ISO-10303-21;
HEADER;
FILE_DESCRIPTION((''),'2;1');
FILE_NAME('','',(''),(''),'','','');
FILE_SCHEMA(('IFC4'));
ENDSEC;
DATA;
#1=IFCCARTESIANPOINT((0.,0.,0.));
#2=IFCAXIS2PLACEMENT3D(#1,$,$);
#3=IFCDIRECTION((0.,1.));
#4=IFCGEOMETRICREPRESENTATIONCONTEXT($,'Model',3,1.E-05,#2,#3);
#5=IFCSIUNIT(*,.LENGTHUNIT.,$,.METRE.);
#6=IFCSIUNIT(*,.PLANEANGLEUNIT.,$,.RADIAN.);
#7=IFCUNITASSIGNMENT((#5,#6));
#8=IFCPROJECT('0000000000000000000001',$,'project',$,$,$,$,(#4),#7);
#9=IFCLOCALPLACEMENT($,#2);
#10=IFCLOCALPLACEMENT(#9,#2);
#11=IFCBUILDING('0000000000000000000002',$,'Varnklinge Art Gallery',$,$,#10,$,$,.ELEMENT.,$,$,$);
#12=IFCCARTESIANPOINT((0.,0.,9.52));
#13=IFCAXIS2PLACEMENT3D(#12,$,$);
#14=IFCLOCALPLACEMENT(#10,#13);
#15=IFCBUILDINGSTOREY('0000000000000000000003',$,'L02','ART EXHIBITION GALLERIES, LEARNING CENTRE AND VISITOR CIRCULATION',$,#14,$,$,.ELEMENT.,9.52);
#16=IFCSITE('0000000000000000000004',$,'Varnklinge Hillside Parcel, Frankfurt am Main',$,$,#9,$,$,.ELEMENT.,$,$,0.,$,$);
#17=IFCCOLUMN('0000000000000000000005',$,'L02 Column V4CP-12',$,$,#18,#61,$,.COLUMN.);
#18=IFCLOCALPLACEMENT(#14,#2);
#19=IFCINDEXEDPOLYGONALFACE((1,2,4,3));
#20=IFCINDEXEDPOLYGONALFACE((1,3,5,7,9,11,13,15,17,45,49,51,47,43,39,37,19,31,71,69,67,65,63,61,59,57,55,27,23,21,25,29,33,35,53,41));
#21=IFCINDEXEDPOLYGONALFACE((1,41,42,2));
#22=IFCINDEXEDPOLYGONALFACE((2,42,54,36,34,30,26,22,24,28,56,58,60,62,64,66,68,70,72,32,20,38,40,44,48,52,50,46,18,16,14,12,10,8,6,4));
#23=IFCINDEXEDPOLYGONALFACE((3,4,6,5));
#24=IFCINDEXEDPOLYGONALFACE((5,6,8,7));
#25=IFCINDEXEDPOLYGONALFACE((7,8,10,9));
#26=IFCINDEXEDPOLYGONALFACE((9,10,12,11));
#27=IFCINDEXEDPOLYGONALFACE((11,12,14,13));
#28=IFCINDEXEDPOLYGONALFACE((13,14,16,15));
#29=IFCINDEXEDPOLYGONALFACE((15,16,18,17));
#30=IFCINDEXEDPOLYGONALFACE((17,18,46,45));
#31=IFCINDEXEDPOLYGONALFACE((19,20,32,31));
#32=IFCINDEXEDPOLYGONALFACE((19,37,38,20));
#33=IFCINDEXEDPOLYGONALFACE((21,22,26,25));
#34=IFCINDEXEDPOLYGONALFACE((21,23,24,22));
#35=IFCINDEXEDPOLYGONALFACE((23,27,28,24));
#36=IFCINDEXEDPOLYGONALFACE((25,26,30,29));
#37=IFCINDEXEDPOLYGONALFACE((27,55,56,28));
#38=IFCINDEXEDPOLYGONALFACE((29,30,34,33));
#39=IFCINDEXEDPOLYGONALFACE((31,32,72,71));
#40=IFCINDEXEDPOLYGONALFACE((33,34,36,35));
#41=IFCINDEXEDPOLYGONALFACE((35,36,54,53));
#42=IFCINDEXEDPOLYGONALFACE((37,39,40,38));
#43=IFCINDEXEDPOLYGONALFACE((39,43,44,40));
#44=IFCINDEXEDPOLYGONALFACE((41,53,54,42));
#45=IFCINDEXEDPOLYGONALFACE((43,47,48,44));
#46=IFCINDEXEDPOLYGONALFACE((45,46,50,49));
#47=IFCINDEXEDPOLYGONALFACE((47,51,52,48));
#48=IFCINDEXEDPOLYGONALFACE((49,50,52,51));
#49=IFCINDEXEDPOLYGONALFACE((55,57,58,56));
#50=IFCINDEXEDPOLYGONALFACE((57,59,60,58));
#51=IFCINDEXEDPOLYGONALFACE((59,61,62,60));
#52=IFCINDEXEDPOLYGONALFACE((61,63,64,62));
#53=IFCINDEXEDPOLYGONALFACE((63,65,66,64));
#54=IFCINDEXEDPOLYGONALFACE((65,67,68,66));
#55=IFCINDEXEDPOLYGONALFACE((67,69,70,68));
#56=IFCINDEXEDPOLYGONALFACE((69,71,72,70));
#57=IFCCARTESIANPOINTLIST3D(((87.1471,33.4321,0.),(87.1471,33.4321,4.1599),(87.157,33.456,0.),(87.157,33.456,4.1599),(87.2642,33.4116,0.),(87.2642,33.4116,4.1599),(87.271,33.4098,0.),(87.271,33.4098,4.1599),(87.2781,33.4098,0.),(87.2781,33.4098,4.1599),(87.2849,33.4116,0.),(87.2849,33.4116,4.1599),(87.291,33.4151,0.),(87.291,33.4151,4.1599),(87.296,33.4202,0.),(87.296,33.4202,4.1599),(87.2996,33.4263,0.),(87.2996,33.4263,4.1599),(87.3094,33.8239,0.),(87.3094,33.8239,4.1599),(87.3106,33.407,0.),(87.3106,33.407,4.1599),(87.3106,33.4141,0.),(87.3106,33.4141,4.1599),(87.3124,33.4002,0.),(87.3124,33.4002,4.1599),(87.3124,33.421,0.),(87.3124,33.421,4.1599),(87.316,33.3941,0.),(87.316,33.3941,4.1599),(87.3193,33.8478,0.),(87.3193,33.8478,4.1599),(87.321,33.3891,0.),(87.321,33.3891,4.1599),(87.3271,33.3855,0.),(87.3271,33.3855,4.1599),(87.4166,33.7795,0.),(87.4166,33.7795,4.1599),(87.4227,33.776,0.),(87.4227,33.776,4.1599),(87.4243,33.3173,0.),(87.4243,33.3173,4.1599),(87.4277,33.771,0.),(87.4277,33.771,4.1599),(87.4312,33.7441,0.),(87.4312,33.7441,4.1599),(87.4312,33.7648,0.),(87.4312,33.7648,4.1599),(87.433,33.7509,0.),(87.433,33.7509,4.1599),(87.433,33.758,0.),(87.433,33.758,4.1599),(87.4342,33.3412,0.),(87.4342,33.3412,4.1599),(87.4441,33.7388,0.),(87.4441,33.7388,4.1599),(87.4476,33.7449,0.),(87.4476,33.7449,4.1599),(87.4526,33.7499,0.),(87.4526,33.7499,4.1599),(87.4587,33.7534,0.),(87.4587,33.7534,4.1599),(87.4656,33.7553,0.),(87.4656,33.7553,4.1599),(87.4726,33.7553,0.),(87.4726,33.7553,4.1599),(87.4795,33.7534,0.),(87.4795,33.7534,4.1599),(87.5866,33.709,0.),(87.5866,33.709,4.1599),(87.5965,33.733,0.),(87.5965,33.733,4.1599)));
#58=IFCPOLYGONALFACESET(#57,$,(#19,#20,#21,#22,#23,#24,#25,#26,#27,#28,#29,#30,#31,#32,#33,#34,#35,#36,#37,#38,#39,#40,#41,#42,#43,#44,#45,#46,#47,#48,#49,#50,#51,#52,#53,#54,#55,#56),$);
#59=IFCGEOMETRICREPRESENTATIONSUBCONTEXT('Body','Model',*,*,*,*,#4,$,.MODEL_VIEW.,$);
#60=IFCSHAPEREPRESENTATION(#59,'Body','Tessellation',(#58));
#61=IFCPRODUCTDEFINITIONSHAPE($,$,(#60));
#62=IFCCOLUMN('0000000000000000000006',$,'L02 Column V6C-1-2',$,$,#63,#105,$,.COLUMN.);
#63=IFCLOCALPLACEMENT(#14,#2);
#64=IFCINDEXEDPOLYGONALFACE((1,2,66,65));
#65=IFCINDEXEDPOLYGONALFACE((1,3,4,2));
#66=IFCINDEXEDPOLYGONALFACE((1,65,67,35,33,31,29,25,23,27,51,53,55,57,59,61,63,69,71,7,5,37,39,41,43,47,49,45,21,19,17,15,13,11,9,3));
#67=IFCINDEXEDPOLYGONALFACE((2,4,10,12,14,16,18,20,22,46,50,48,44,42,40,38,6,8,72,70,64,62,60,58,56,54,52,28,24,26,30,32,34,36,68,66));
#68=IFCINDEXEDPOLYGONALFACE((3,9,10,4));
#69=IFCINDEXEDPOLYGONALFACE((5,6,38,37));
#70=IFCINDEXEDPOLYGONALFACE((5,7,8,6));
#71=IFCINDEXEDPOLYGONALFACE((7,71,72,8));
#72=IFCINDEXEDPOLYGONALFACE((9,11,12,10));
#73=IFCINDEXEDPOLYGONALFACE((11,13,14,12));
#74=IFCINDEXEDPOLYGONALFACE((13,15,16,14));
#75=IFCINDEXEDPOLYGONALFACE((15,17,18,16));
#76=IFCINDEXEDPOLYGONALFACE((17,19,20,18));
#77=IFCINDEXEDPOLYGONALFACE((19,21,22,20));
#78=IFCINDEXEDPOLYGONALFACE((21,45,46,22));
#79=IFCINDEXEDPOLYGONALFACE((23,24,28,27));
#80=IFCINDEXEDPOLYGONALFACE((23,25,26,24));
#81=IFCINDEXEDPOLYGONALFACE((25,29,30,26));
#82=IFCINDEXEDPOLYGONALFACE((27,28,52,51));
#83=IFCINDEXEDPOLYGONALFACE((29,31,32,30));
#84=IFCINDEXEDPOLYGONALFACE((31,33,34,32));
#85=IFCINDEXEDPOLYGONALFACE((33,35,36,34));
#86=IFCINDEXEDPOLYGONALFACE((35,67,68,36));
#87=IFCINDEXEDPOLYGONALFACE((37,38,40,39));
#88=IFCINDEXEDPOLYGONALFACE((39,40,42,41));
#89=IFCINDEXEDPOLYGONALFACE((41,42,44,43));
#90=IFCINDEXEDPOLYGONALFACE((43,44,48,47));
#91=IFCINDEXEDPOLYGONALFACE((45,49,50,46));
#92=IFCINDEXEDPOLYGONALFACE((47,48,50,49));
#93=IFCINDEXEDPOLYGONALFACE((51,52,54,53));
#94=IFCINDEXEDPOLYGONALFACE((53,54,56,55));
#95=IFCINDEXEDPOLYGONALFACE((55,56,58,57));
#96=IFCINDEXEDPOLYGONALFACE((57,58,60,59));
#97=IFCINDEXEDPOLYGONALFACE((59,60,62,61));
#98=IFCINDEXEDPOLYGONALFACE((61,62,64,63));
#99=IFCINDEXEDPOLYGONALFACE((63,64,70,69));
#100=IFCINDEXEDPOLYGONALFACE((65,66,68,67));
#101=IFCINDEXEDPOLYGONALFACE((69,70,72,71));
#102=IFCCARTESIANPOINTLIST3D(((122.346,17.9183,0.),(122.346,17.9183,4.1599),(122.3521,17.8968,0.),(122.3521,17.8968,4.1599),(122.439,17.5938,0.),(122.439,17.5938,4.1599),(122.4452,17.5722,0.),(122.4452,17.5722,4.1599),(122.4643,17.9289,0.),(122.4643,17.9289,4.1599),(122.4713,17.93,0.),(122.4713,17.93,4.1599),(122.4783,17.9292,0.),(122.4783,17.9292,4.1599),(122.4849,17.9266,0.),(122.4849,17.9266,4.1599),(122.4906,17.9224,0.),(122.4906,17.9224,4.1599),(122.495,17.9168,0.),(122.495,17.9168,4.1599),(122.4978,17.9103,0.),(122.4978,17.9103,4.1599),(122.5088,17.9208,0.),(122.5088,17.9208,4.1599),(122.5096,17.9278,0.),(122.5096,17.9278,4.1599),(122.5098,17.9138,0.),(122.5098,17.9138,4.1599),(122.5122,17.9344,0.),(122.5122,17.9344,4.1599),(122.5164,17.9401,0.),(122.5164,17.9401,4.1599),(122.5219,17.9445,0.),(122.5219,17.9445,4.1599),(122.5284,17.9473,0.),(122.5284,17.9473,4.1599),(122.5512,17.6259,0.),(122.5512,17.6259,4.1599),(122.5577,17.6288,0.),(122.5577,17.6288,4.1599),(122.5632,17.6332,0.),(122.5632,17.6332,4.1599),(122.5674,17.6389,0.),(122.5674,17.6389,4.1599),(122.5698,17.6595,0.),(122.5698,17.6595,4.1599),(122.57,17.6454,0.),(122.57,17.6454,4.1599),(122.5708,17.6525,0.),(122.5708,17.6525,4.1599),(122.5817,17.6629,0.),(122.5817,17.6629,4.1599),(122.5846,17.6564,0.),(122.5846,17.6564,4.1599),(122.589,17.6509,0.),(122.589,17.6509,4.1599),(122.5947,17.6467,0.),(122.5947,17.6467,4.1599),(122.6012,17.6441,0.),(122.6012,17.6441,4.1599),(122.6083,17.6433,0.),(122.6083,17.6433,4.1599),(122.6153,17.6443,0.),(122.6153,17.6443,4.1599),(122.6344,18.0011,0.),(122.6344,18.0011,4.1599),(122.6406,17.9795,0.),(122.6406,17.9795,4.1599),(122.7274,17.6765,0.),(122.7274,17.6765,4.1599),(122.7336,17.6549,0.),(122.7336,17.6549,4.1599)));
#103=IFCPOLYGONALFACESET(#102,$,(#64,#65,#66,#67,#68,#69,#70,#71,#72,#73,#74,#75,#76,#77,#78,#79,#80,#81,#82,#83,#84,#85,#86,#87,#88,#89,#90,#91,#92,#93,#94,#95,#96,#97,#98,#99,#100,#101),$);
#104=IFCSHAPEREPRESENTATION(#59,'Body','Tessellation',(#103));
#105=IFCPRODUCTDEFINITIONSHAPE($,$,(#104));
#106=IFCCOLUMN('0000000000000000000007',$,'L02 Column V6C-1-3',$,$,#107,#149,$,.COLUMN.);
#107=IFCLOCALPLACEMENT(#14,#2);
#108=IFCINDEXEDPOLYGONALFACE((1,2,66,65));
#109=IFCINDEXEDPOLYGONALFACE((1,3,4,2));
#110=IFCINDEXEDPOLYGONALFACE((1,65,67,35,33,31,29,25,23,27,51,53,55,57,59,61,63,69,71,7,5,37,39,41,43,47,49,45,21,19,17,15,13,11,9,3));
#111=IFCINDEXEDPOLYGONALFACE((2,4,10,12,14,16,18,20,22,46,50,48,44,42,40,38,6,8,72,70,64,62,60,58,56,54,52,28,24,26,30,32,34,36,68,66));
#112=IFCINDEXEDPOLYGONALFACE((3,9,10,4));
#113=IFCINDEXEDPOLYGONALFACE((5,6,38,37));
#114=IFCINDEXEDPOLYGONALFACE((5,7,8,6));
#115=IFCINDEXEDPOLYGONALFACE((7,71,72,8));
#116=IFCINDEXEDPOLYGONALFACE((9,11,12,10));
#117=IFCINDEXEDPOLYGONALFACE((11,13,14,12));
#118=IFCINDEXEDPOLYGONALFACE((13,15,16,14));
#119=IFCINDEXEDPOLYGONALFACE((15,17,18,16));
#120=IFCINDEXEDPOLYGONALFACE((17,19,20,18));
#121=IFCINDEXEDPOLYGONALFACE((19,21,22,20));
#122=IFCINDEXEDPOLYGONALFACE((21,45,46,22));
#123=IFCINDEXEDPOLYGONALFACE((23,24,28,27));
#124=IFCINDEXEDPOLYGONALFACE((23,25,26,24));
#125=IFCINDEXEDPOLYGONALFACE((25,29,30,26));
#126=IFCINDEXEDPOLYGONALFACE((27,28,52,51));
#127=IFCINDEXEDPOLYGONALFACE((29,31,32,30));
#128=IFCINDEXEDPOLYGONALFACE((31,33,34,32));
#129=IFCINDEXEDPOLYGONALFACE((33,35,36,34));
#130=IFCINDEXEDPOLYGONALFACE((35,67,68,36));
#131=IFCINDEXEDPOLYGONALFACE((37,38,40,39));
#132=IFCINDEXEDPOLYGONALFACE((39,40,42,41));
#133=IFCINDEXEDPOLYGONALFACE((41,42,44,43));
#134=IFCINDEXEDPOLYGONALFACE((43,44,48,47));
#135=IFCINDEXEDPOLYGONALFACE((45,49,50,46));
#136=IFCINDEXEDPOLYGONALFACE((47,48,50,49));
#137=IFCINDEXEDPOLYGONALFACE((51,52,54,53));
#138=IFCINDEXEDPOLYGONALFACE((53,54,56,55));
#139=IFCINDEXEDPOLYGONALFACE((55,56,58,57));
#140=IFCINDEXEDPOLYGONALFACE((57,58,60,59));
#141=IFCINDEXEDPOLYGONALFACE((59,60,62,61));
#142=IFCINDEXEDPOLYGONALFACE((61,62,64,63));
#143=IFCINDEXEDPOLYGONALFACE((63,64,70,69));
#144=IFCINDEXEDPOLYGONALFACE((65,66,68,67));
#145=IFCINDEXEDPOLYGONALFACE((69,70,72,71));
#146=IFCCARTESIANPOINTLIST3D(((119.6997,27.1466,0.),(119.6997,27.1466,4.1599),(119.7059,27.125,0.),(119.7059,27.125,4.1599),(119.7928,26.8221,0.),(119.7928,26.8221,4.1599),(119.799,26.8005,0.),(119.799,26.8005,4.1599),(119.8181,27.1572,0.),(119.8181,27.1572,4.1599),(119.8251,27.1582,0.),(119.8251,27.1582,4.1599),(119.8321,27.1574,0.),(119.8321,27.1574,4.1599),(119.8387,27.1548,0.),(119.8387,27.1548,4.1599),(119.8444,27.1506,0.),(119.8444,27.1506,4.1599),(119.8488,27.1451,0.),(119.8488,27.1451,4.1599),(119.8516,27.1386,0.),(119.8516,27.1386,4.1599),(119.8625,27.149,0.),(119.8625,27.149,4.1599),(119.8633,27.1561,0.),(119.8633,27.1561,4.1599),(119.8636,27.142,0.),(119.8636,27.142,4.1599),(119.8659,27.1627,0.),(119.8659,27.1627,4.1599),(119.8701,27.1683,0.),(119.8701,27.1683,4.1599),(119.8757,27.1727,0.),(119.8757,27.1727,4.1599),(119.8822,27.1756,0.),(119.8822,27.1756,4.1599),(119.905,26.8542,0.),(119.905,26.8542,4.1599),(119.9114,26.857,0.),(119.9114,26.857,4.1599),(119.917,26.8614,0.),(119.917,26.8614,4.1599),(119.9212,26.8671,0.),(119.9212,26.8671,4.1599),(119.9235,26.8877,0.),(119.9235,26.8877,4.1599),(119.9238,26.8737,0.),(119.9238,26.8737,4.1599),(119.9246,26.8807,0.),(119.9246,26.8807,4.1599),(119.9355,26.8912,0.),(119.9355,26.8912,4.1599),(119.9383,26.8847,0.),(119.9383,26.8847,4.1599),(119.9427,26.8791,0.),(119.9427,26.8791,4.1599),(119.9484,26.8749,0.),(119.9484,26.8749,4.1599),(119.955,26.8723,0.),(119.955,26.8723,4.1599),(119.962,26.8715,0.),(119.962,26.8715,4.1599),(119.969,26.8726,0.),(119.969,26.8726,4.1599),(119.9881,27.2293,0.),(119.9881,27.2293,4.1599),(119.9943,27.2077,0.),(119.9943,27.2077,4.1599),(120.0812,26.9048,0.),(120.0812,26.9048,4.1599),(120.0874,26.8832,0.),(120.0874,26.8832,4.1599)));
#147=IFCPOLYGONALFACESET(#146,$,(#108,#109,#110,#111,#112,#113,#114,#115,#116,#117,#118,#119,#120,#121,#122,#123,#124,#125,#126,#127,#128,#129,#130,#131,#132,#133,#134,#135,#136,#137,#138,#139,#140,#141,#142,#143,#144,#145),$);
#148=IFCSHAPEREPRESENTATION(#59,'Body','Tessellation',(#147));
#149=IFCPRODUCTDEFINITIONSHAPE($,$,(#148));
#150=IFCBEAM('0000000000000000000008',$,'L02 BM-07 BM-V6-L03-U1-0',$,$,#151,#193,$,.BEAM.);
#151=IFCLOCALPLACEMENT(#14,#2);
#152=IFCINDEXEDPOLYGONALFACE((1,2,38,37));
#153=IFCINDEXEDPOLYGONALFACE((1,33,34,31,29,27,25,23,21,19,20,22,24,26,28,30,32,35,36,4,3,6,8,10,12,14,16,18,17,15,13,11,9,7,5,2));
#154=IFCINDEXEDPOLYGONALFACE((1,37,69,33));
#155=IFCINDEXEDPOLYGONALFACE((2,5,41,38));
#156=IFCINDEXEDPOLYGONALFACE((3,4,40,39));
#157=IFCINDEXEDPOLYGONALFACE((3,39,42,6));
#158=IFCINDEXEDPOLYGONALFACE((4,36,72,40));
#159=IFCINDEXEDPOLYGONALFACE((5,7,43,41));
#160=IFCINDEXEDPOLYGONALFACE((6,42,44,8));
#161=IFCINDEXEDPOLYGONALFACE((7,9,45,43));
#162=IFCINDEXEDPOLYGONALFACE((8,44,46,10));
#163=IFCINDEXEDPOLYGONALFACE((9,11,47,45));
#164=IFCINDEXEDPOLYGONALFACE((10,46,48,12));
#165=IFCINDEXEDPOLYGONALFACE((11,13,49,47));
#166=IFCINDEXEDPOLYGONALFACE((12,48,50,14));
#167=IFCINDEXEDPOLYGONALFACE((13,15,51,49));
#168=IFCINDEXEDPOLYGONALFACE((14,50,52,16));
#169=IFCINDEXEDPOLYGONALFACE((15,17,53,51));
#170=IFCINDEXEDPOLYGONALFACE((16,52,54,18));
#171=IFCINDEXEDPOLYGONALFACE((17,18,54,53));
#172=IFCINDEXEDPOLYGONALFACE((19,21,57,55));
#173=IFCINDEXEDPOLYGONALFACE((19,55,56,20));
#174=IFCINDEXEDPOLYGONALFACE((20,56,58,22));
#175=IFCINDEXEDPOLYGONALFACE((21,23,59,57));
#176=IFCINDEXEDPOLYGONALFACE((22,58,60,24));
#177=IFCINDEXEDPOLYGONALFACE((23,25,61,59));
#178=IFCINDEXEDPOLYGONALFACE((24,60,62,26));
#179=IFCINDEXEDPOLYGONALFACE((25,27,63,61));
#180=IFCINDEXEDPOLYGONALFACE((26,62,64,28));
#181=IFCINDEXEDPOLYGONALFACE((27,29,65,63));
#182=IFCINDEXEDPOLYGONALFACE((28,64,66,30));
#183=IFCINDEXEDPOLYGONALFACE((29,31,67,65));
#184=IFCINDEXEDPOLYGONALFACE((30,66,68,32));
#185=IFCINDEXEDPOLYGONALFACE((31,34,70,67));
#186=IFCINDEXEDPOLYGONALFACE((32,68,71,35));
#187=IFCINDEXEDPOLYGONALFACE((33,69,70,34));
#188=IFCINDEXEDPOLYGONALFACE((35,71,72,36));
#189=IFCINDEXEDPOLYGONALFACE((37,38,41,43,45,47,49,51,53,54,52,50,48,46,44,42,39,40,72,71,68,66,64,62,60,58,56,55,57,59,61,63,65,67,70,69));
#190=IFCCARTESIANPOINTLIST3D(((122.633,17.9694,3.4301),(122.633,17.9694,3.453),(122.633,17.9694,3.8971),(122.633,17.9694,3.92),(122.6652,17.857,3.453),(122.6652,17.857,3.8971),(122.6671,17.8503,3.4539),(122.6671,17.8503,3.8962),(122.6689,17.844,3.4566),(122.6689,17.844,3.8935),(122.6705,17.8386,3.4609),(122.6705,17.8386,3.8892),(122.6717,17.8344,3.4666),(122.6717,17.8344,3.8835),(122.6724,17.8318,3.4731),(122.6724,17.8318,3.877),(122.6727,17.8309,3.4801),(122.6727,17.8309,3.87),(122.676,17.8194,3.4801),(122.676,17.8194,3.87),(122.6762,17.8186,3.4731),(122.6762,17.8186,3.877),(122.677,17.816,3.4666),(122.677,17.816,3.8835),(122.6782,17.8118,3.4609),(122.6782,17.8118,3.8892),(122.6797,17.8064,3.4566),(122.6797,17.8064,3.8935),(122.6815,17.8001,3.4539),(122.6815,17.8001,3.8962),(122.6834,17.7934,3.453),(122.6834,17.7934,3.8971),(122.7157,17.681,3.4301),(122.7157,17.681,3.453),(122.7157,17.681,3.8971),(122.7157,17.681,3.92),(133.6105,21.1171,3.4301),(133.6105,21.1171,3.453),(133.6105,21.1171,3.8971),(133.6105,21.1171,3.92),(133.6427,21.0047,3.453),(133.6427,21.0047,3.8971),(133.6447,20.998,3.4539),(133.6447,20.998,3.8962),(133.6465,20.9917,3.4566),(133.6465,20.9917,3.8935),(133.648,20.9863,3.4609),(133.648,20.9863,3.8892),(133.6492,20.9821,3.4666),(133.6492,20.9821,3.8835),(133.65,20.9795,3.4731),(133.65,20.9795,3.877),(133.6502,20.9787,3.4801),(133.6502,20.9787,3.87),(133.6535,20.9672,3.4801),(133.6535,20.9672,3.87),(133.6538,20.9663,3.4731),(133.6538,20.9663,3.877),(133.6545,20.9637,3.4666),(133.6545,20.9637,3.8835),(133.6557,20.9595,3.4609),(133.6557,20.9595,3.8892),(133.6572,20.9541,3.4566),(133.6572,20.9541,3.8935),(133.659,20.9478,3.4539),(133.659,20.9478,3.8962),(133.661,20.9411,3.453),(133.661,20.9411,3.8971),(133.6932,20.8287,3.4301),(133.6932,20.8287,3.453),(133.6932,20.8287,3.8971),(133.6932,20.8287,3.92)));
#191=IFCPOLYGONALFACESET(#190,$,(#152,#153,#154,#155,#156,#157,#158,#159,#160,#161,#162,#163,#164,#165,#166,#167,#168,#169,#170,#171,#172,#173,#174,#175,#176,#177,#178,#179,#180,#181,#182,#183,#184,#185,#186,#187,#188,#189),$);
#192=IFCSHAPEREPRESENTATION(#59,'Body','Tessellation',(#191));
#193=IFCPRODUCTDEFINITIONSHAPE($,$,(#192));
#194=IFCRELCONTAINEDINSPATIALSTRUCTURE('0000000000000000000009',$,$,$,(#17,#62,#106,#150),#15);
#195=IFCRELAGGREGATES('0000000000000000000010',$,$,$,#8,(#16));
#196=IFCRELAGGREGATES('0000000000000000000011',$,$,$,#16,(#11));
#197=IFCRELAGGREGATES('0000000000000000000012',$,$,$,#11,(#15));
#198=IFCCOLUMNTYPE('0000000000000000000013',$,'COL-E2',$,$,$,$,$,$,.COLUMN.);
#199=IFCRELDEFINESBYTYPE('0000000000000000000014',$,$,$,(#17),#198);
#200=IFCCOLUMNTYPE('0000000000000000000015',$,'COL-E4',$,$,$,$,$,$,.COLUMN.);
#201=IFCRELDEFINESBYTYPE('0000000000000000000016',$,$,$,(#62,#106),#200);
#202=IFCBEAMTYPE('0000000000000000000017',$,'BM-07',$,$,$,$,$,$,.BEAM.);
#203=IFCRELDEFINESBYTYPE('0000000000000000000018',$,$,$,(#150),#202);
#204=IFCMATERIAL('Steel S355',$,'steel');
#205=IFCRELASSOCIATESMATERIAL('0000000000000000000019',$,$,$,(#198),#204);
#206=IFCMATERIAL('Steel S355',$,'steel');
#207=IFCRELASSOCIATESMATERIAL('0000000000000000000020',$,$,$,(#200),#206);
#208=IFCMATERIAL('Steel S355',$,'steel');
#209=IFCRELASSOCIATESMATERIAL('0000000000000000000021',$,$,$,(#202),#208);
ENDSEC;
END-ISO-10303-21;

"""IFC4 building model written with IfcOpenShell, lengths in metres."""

from ifc_helpers import new_model, si_unit, direction, frame, origin, origin_2d, place, context, subcontext, project, spatial, i_section, extrude, material, material_profile, profile_set, type_object, element, save


model = new_model("IFC4")

# Units and contexts
model_context = context("Model", 3, precision=1e-05, world=origin(), true_north=direction((0.0, 1.0)))
body_context = subcontext(model_context, "Body", "Model", "MODEL_VIEW")
ifc_project = project(units=[si_unit("LENGTHUNIT", "METRE"), si_unit("PLANEANGLEUNIT", "RADIAN")], contexts=[model_context])

# Site, building, storey
site_placement = place(None, origin())
site = spatial("IfcSite", under=ifc_project, at=site_placement, Name="Varnklinge Hillside Parcel, Frankfurt am Main", CompositionType="ELEMENT", RefElevation=0.0)
building_placement = place(site_placement, origin())
building = spatial("IfcBuilding", under=site, at=building_placement, Name="Varnklinge Art Gallery", CompositionType="ELEMENT")
storey_placement = place(building_placement, frame((0.0, 0.0, 9.52)))
storey = spatial("IfcBuildingStorey", under=building, at=storey_placement, Name="L02", Description="ART EXHIBITION GALLERIES, LEARNING CENTRE AND VISITOR CIRCULATION", CompositionType="ELEMENT", Elevation=9.52)

# Columns
ifc_material_1 = material(Name="Steel S355", Category="steel")
ifc_material_profile_1 = material_profile(ifc_material_1, i_section(OverallWidth=0.3, OverallDepth=0.45, WebThickness=0.0139, FlangeThickness=0.0259, FilletRadius=0.0271, at=origin_2d()), Name="HEB 450")
ifc_profile_set_1 = profile_set([ifc_material_profile_1], Name="Steel S355")
column_type_1 = type_object("IfcColumnType", Name="COL-E2", PredefinedType="COLUMN", material=ifc_profile_set_1)
column_placement = place(storey_placement, frame((87.3718, 33.5825, 0.0), z_axis=(0.0, 0.0, 1.0), x_axis=(0.92388, -0.382683, 0.0)))
element("IfcColumn", 1, at=column_placement, inside=storey, type_object=column_type_1, Name="L02 Column V4CP-12", PredefinedType="COLUMN", context=body_context, shape_type="SweptSolid", body=[
    extrude(i_section(OverallWidth=0.3, OverallDepth=0.45, WebThickness=0.0139, FlangeThickness=0.0259, FilletRadius=0.0271, at=origin_2d()), origin(), (0.0, 0.0, 1.0), 4.1599),
])
ifc_material_2 = material(Name="Steel S355", Category="steel")
ifc_material_profile_2 = material_profile(ifc_material_2, i_section(OverallWidth=0.3, OverallDepth=0.3601, WebThickness=0.0125, FlangeThickness=0.0225, FilletRadius=0.0271, at=origin_2d()), Name="HEB 360")
ifc_profile_set_2 = profile_set([ifc_material_profile_2], Name="Steel S355")
column_type_2 = type_object("IfcColumnType", Name="COL-E4", PredefinedType="COLUMN", material=ifc_profile_set_2)
for number, where, z_axis, x_axis, name in (
    (2, (122.5398, 17.7866, 0.0), (0.0, 0.0, 1.0), (0.961262, 0.275637, 0.0), "L02 Column V6C-1-2"),
    (3, (119.8936, 27.0149, 0.0), (0.0, 0.0, 1.0), (0.961262, 0.275637, 0.0), "L02 Column V6C-1-3"),
):
    element("IfcColumn", number, at=place(storey_placement, frame(where, z_axis=z_axis, x_axis=x_axis)), inside=storey, type_object=column_type_2, Name=name, PredefinedType="COLUMN", context=body_context, shape_type="SweptSolid", body=[
        extrude(i_section(OverallWidth=0.3, OverallDepth=0.3601, WebThickness=0.0125, FlangeThickness=0.0225, FilletRadius=0.0271, at=origin_2d()), origin(), (0.0, 0.0, 1.0), 4.1599),
    ])

# Beam
ifc_material_3 = material(Name="Steel S355", Category="steel")
ifc_material_profile_3 = material_profile(ifc_material_3, i_section(OverallWidth=0.3, OverallDepth=0.49, WebThickness=0.012, FlangeThickness=0.0229, FilletRadius=0.0271, at=origin_2d()), Name="HEA 500")
ifc_profile_set_3 = profile_set([ifc_material_profile_3], Name="Steel S355")
beam_type_1 = type_object("IfcBeamType", Name="BM-07", PredefinedType="BEAM", material=ifc_profile_set_3)
beam_1_placement = place(storey_placement, frame((122.6743, 17.8252, 3.675), z_axis=(0.961263, 0.275633, 0.0), x_axis=(-0.275633, 0.961263, 0.0)))
element("IfcBeam", 4, at=beam_1_placement, inside=storey, type_object=beam_type_1, Name="L02 BM-07 BM-V6-L03-U1-0", PredefinedType="BEAM", context=body_context, shape_type="SweptSolid", body=[
    extrude(i_section(OverallWidth=0.3, OverallDepth=0.49, WebThickness=0.012, FlangeThickness=0.0229, FilletRadius=0.0271, at=origin_2d()), origin(), (0.0, 0.0, 1.0), 11.4199),
])

save(model, "model.ifc")
